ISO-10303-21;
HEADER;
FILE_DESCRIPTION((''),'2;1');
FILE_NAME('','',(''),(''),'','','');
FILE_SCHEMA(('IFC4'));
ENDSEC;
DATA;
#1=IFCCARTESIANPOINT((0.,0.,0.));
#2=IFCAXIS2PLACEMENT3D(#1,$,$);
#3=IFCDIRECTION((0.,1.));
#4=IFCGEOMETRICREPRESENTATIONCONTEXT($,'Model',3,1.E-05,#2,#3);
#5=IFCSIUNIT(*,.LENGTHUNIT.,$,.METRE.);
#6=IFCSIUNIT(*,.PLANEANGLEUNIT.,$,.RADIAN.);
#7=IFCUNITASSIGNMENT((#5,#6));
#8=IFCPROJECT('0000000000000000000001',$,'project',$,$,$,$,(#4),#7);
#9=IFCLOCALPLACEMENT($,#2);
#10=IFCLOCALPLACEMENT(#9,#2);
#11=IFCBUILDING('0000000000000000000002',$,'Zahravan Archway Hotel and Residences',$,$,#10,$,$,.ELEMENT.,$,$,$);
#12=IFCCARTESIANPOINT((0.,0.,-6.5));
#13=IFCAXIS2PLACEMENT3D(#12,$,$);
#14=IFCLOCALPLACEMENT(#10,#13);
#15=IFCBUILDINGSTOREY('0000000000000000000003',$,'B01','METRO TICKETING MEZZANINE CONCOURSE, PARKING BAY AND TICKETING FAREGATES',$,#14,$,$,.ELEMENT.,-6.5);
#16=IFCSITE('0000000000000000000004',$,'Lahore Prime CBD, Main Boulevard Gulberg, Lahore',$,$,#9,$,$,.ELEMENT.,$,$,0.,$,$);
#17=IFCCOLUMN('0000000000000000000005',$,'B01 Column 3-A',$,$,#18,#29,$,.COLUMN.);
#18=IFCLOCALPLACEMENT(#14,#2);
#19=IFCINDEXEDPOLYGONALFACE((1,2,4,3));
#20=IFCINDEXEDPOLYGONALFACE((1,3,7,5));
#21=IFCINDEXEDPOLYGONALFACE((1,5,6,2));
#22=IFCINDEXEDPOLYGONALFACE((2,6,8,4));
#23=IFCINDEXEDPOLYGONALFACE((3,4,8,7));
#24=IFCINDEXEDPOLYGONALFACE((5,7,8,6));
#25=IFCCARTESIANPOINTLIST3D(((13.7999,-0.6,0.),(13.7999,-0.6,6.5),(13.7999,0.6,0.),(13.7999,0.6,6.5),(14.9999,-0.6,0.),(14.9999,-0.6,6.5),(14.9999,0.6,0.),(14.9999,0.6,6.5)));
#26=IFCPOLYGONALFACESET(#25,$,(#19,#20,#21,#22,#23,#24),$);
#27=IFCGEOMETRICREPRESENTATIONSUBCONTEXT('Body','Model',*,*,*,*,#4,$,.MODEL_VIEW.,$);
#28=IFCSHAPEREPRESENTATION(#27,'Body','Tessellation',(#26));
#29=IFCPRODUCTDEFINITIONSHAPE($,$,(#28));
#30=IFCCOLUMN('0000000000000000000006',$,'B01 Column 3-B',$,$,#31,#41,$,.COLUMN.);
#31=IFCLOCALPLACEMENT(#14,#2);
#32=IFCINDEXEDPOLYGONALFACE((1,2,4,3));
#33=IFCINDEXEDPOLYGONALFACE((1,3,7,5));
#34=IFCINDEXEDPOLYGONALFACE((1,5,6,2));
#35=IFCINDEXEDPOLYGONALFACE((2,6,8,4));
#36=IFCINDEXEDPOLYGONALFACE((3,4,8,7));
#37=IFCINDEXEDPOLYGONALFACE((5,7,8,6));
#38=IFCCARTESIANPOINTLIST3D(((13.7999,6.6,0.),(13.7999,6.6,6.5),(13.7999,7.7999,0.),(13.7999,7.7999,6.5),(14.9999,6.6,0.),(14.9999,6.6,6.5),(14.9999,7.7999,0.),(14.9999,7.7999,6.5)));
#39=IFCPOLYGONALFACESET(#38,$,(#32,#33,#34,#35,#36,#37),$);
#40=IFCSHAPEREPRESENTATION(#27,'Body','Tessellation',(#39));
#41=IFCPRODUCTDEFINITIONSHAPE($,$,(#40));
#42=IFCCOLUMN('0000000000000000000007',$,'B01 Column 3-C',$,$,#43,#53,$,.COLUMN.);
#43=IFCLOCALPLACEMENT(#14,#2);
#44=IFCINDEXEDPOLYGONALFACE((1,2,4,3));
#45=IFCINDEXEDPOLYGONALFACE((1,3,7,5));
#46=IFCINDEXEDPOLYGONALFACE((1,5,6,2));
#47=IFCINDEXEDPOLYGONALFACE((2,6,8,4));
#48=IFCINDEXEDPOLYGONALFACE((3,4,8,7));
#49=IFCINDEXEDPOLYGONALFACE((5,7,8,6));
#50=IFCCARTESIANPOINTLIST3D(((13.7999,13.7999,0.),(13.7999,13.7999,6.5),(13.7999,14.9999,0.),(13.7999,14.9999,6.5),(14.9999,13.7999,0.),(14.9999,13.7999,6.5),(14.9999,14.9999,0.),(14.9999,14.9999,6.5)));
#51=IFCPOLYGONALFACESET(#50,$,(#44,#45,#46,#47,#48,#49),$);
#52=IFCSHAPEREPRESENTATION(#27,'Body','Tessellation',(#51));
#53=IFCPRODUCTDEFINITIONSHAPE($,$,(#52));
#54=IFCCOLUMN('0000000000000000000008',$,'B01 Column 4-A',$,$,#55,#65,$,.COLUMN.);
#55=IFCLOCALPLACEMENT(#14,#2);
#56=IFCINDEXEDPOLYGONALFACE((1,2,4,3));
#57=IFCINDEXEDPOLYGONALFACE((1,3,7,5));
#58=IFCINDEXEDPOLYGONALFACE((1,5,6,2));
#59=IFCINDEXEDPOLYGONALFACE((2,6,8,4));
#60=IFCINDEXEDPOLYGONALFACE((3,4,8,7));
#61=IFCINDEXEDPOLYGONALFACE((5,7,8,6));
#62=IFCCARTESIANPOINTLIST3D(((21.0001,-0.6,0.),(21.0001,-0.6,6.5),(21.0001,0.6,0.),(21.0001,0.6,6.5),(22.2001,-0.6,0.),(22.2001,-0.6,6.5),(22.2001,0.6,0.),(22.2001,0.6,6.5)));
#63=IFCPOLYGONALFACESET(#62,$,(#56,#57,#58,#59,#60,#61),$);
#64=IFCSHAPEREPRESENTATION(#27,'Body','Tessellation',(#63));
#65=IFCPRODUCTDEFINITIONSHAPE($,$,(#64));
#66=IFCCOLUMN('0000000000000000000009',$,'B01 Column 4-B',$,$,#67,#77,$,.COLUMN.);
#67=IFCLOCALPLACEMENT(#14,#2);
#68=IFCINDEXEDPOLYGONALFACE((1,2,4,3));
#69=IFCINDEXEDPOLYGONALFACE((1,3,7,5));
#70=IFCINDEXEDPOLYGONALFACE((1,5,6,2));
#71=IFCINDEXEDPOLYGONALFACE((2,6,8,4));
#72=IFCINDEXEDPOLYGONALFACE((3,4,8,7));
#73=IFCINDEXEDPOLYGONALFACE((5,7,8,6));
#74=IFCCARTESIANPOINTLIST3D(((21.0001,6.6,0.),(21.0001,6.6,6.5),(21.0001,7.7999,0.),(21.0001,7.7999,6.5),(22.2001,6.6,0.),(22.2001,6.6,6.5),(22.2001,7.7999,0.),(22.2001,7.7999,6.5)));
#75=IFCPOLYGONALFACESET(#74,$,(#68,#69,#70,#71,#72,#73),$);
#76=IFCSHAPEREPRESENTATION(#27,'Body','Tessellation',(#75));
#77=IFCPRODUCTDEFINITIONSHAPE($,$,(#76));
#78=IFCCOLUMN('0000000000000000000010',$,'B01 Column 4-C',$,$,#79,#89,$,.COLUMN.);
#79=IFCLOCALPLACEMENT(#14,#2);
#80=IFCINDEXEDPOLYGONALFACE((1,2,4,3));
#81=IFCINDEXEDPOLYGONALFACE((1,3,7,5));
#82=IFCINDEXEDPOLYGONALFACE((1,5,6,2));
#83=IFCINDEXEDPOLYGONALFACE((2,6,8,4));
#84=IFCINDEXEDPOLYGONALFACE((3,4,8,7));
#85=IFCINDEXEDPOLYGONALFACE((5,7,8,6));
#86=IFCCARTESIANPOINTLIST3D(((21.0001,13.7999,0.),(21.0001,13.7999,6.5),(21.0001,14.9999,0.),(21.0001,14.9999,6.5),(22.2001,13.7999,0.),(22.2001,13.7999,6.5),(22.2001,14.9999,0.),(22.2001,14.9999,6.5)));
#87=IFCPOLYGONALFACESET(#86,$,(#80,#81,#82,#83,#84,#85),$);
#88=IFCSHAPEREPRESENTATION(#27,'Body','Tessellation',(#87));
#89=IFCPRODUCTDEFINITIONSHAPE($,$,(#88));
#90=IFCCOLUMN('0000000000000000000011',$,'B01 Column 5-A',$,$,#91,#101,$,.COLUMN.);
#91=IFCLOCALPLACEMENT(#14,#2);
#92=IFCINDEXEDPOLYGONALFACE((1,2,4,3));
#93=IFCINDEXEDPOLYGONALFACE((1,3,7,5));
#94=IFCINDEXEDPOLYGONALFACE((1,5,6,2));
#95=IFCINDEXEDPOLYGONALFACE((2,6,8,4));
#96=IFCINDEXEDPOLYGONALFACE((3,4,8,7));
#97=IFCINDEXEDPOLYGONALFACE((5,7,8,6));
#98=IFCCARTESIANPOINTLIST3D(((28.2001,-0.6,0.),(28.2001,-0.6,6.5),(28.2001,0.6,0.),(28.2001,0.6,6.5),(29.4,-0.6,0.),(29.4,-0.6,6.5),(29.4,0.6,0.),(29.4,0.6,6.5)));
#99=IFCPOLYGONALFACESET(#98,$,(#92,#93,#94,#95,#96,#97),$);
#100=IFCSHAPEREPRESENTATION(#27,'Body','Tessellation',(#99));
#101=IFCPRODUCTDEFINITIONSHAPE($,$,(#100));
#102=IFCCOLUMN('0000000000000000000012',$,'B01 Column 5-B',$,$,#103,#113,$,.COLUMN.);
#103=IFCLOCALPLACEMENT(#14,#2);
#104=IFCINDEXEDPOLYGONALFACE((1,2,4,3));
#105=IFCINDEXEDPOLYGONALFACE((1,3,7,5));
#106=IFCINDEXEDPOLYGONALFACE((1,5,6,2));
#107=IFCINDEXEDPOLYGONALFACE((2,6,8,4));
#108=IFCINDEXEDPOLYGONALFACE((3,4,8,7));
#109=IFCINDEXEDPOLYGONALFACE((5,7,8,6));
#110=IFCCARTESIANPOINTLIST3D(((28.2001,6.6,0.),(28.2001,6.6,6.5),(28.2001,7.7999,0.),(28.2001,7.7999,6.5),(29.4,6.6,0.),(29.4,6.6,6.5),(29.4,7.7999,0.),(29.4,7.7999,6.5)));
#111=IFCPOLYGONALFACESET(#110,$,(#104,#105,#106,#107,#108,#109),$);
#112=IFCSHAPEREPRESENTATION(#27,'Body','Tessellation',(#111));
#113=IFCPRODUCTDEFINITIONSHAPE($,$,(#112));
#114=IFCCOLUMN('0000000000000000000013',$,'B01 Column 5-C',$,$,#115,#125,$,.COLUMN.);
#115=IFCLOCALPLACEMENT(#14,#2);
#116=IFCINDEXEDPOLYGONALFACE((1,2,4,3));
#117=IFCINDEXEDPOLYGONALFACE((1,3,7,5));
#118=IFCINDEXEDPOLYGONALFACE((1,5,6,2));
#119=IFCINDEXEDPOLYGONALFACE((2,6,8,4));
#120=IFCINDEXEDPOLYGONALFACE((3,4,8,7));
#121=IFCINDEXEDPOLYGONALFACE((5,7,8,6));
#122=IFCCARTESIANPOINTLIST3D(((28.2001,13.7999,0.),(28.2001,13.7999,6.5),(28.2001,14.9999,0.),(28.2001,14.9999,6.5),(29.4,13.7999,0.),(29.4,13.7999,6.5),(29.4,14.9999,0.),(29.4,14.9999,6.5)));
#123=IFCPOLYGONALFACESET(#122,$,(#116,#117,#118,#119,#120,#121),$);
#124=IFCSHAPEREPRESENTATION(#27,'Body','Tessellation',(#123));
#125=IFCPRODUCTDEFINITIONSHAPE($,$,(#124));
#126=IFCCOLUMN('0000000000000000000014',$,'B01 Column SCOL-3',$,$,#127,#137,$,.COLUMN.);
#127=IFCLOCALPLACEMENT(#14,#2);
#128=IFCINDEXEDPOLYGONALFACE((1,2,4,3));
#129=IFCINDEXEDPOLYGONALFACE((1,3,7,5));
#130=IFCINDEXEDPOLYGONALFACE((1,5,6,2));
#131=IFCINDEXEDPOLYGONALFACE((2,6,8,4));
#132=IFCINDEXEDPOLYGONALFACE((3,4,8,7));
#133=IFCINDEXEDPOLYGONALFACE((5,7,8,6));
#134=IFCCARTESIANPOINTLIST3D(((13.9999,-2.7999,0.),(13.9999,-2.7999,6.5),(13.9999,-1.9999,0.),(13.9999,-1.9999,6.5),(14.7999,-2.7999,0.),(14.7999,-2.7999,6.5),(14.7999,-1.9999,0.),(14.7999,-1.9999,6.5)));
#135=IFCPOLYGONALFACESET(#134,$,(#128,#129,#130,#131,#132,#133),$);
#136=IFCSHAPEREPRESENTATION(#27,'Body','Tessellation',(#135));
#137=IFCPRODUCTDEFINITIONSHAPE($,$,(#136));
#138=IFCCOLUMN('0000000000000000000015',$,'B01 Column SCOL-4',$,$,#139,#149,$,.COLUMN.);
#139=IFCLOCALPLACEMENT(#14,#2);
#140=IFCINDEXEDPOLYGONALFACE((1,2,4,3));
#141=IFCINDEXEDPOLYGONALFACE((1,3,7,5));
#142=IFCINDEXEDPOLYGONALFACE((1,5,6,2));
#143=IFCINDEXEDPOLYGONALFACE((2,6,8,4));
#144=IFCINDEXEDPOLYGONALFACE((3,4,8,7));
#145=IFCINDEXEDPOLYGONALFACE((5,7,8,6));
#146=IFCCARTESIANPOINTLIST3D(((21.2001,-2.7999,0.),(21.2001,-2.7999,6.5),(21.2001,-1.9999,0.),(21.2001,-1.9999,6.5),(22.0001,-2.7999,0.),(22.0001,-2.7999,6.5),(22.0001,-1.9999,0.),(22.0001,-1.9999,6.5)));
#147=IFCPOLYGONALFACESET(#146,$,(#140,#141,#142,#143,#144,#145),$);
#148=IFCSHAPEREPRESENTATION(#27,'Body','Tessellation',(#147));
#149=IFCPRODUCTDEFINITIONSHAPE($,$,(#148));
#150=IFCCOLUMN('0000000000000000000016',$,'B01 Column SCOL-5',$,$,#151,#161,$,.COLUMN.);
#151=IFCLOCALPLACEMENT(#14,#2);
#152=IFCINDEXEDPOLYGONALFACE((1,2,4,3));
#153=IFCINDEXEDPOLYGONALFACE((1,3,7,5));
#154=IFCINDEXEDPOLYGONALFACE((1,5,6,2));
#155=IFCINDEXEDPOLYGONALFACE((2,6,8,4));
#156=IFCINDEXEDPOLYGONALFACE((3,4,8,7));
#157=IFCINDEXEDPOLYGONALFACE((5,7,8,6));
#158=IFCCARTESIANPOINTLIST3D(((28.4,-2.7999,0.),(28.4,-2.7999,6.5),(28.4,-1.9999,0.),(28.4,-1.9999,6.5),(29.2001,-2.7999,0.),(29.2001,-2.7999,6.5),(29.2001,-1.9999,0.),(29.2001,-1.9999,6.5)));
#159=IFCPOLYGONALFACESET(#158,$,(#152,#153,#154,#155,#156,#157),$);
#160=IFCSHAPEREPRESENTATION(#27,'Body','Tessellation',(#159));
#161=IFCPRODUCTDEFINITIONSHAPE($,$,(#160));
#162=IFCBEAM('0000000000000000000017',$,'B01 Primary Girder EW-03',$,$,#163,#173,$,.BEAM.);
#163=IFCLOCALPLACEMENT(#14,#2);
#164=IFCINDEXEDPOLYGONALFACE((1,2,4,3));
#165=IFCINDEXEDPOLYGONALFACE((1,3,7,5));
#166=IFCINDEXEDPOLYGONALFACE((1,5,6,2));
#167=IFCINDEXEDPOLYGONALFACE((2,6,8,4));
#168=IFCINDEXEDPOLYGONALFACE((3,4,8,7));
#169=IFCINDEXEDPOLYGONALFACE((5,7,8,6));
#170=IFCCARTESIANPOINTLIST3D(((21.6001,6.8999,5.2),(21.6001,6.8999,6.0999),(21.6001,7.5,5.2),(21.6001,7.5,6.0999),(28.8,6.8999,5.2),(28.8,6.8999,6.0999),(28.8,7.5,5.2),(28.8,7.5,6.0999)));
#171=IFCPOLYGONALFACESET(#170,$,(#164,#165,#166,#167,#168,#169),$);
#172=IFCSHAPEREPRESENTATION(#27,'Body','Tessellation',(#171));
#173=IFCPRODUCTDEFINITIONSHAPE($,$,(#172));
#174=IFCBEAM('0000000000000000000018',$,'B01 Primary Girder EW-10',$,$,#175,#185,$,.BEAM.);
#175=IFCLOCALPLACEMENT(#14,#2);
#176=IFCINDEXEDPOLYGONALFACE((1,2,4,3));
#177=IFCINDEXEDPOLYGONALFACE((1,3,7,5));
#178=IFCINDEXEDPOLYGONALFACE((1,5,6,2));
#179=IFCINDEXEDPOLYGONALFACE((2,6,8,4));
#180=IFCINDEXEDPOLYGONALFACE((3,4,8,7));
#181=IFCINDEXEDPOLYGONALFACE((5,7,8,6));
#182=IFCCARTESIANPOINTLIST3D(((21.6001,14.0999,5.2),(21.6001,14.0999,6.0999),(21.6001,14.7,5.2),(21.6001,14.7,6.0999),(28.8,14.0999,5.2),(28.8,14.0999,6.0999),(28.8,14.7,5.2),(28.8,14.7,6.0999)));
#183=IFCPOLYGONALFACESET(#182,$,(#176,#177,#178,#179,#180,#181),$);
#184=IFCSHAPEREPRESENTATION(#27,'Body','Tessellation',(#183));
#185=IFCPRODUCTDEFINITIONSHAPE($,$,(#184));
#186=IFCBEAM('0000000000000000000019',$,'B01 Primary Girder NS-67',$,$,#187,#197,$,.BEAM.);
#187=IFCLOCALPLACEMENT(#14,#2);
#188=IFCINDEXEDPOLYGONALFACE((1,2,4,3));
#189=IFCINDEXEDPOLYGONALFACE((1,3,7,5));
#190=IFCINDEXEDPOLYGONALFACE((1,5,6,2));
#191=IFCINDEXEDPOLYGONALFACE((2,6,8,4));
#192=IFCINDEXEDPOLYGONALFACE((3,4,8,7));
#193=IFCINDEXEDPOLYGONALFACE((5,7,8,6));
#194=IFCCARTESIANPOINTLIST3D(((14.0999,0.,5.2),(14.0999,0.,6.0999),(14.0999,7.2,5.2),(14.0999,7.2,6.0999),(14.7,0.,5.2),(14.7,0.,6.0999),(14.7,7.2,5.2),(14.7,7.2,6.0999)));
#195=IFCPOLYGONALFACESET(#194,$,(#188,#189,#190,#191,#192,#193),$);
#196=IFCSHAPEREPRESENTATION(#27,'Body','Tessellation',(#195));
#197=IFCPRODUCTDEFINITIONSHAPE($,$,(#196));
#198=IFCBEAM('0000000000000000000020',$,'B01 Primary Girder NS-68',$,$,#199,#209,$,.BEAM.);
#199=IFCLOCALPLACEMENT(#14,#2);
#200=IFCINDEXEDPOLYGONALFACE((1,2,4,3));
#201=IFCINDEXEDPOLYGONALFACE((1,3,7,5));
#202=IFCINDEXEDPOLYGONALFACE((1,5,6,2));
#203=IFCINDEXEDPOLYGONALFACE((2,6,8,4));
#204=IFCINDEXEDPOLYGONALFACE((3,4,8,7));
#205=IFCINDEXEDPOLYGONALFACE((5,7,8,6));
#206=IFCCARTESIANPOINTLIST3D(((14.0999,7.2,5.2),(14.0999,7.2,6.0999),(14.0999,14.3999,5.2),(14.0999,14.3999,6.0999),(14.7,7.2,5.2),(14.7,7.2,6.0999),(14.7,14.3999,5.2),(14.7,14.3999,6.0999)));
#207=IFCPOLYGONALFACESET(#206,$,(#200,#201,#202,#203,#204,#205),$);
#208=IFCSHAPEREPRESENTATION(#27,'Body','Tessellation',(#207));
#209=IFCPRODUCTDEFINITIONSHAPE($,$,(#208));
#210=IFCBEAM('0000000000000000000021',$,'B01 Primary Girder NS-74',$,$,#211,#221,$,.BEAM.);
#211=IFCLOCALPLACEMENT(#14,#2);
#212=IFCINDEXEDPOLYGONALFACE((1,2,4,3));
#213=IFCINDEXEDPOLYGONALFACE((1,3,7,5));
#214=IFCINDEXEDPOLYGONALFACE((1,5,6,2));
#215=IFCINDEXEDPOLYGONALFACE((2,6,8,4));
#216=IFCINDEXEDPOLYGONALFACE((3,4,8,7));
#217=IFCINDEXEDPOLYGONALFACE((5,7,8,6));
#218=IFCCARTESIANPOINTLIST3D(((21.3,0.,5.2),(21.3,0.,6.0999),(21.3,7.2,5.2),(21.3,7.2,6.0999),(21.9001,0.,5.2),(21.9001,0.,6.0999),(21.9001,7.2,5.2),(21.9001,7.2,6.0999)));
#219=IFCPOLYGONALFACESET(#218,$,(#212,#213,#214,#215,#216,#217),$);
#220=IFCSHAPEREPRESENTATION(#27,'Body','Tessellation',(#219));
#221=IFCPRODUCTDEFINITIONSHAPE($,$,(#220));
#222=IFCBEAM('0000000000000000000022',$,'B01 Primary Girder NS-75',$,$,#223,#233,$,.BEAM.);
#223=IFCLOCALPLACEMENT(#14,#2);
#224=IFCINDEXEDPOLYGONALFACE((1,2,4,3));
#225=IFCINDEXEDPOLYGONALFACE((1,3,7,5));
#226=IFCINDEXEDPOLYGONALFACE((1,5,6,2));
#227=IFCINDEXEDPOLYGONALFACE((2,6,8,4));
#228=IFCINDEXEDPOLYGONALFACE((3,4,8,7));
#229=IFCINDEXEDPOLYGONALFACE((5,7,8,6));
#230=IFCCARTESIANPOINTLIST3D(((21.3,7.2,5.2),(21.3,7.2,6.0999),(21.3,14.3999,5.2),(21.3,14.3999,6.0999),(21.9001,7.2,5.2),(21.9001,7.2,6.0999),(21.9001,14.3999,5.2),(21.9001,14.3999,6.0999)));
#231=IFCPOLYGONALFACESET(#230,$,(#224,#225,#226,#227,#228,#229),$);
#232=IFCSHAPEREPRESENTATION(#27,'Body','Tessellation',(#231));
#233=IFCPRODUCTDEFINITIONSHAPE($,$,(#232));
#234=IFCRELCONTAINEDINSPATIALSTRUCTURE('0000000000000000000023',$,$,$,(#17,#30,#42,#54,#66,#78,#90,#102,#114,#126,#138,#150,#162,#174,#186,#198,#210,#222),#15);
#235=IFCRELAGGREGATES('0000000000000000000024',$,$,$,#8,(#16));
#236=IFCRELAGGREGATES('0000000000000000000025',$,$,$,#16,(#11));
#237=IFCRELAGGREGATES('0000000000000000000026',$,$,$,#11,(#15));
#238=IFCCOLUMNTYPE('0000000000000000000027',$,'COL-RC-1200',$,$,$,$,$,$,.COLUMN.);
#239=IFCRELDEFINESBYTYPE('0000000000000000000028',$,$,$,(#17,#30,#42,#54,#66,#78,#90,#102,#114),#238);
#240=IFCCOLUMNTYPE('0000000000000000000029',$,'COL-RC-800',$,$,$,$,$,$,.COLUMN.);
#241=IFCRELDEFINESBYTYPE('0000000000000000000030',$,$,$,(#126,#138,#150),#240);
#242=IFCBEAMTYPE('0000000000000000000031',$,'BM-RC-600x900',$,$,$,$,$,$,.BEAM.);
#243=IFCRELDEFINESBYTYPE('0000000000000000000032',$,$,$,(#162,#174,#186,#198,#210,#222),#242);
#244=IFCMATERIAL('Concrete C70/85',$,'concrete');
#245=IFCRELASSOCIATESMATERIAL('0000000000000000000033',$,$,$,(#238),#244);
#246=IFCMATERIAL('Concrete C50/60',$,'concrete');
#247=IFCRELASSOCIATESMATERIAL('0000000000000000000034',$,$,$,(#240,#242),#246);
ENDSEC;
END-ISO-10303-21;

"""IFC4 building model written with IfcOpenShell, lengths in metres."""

from ifc_helpers import new_model, si_unit, direction, frame, origin, origin_2d, place, context, subcontext, project, spatial, rectangle, extrude, source, transform, mapped, material, material_profile, profile_set, type_object, element, save


model = new_model("IFC4")

# Units and contexts
model_context = context("Model", 3, precision=1e-05, world=origin(), true_north=direction((0.0, 1.0)))
body_context = subcontext(model_context, "Body", "Model", "MODEL_VIEW")
ifc_project = project(units=[si_unit("LENGTHUNIT", "METRE"), si_unit("PLANEANGLEUNIT", "RADIAN")], contexts=[model_context])

# Site, building, storey
site_placement = place(None, origin())
site = spatial("IfcSite", under=ifc_project, at=site_placement, Name="Lahore Prime CBD, Main Boulevard Gulberg, Lahore", CompositionType="ELEMENT", RefElevation=0.0)
building_placement = place(site_placement, origin())
building = spatial("IfcBuilding", under=site, at=building_placement, Name="Zahravan Archway Hotel and Residences", CompositionType="ELEMENT")
storey_placement = place(building_placement, frame((0.0, 0.0, -6.5)))
storey = spatial("IfcBuildingStorey", under=building, at=storey_placement, Name="B01", Description="METRO TICKETING MEZZANINE CONCOURSE, PARKING BAY AND TICKETING FAREGATES", CompositionType="ELEMENT", Elevation=-6.5)

# Columns
ifc_material_1 = material(Name="Concrete C70/85", Category="concrete")
ifc_material_profile_1 = material_profile(ifc_material_1, rectangle(XDim=1.2, YDim=1.2, at=origin_2d()), Name="RC-COL-1200x1200", Category="concrete")
ifc_profile_set_1 = profile_set([ifc_material_profile_1], Name="Concrete C70/85")
column_type_1 = type_object("IfcColumnType", Name="COL-RC-1200", PredefinedType="COLUMN", material=ifc_profile_set_1)
shared_shape_1 = source(origin(), body_context, "Body", "SweptSolid", [
    extrude(rectangle(XDim=1.2, YDim=1.2, at=origin_2d()), origin(), (0.0, 0.0, 1.0), 6.5),
])
for number, where, z_axis, x_axis, name in (
    (1, (14.3999, 0.0, 0.0), (0.0, 0.0, 1.0), (1.0, 0.0, 0.0), "B01 Column 3-A"),
    (2, (14.3999, 7.2, 0.0), (0.0, 0.0, 1.0), (1.0, 0.0, 0.0), "B01 Column 3-B"),
    (3, (14.3999, 14.3999, 0.0), (0.0, 0.0, 1.0), (1.0, 0.0, 0.0), "B01 Column 3-C"),
    (4, (21.6001, 0.0, 0.0), (0.0, 0.0, 1.0), (1.0, 0.0, 0.0), "B01 Column 4-A"),
    (5, (21.6001, 7.2, 0.0), (0.0, 0.0, 1.0), (1.0, 0.0, 0.0), "B01 Column 4-B"),
    (6, (21.6001, 14.3999, 0.0), (0.0, 0.0, 1.0), (1.0, 0.0, 0.0), "B01 Column 4-C"),
    (7, (28.8, 0.0, 0.0), (0.0, 0.0, 1.0), (1.0, 0.0, 0.0), "B01 Column 5-A"),
    (8, (28.8, 7.2, 0.0), (0.0, 0.0, 1.0), (1.0, 0.0, 0.0), "B01 Column 5-B"),
    (9, (28.8, 14.3999, 0.0), (0.0, 0.0, 1.0), (1.0, 0.0, 0.0), "B01 Column 5-C"),
):
    element("IfcColumn", number, at=place(storey_placement, frame(where, z_axis=z_axis, x_axis=x_axis)), inside=storey, type_object=column_type_1, Name=name, PredefinedType="COLUMN", context=body_context, shape_type="MappedRepresentation", body=[
        mapped(shared_shape_1, transform((0.0, 0.0, 0.0), scale=1.0)),
    ])
ifc_material_2 = material(Name="Concrete C50/60", Category="concrete")
ifc_material_profile_2 = material_profile(ifc_material_2, rectangle(XDim=0.8, YDim=0.8, at=origin_2d()), Name="RC-COL-800x800", Category="concrete")
ifc_profile_set_2 = profile_set([ifc_material_profile_2], Name="Concrete C50/60")
column_type_2 = type_object("IfcColumnType", Name="COL-RC-800", PredefinedType="COLUMN", material=ifc_profile_set_2)
shared_shape_2 = source(origin(), body_context, "Body", "SweptSolid", [
    extrude(rectangle(XDim=0.8, YDim=0.8, at=origin_2d()), origin(), (0.0, 0.0, 1.0), 6.5),
])
for number, where, z_axis, x_axis, name in (
    (10, (14.3999, -2.3999, 0.0), (0.0, 0.0, 1.0), (1.0, 0.0, 0.0), "B01 Column SCOL-3"),
    (11, (21.6001, -2.3999, 0.0), (0.0, 0.0, 1.0), (1.0, 0.0, 0.0), "B01 Column SCOL-4"),
    (12, (28.8, -2.3999, 0.0), (0.0, 0.0, 1.0), (1.0, 0.0, 0.0), "B01 Column SCOL-5"),
):
    element("IfcColumn", number, at=place(storey_placement, frame(where, z_axis=z_axis, x_axis=x_axis)), inside=storey, type_object=column_type_2, Name=name, PredefinedType="COLUMN", context=body_context, shape_type="MappedRepresentation", body=[
        mapped(shared_shape_2, transform((0.0, 0.0, 0.0), scale=1.0)),
    ])

# Beams
ifc_material_profile_3 = material_profile(ifc_material_2, rectangle(XDim=0.6001, YDim=0.8999, at=origin_2d()), Name="RC-BM-600x900", Category="concrete")
ifc_profile_set_3 = profile_set([ifc_material_profile_3], Name="Concrete C50/60")
beam_type_1 = type_object("IfcBeamType", Name="BM-RC-600x900", PredefinedType="BEAM", material=ifc_profile_set_3)
shared_shape_3 = source(origin(), body_context, "Body", "SweptSolid", [
    extrude(rectangle(XDim=0.6001, YDim=0.8999, at=origin_2d()), origin(), (0.0, 0.0, 1.0), 7.2),
])
for number, where, z_axis, x_axis, name in (
    (13, (21.6001, 7.2, 5.6499), (1.0, 0.0, 0.0), (0.0, 1.0, 0.0), "B01 Primary Girder EW-03"),
    (14, (21.6001, 14.3999, 5.6499), (1.0, 0.0, 0.0), (0.0, 1.0, 0.0), "B01 Primary Girder EW-10"),
    (15, (14.3999, 0.0, 5.6499), (0.0, 1.0, 0.0), (-1.0, 0.0, 0.0), "B01 Primary Girder NS-67"),
    (16, (14.3999, 7.2, 5.6499), (0.0, 1.0, 0.0), (-1.0, 0.0, 0.0), "B01 Primary Girder NS-68"),
    (17, (21.6001, 0.0, 5.6499), (0.0, 1.0, 0.0), (-1.0, 0.0, 0.0), "B01 Primary Girder NS-74"),
    (18, (21.6001, 7.2, 5.6499), (0.0, 1.0, 0.0), (-1.0, 0.0, 0.0), "B01 Primary Girder NS-75"),
):
    element("IfcBeam", number, at=place(storey_placement, frame(where, z_axis=z_axis, x_axis=x_axis)), inside=storey, type_object=beam_type_1, Name=name, PredefinedType="BEAM", context=body_context, shape_type="MappedRepresentation", body=[
        mapped(shared_shape_3, transform((0.0, 0.0, 0.0), scale=1.0)),
    ])

save(model, "model.ifc")
